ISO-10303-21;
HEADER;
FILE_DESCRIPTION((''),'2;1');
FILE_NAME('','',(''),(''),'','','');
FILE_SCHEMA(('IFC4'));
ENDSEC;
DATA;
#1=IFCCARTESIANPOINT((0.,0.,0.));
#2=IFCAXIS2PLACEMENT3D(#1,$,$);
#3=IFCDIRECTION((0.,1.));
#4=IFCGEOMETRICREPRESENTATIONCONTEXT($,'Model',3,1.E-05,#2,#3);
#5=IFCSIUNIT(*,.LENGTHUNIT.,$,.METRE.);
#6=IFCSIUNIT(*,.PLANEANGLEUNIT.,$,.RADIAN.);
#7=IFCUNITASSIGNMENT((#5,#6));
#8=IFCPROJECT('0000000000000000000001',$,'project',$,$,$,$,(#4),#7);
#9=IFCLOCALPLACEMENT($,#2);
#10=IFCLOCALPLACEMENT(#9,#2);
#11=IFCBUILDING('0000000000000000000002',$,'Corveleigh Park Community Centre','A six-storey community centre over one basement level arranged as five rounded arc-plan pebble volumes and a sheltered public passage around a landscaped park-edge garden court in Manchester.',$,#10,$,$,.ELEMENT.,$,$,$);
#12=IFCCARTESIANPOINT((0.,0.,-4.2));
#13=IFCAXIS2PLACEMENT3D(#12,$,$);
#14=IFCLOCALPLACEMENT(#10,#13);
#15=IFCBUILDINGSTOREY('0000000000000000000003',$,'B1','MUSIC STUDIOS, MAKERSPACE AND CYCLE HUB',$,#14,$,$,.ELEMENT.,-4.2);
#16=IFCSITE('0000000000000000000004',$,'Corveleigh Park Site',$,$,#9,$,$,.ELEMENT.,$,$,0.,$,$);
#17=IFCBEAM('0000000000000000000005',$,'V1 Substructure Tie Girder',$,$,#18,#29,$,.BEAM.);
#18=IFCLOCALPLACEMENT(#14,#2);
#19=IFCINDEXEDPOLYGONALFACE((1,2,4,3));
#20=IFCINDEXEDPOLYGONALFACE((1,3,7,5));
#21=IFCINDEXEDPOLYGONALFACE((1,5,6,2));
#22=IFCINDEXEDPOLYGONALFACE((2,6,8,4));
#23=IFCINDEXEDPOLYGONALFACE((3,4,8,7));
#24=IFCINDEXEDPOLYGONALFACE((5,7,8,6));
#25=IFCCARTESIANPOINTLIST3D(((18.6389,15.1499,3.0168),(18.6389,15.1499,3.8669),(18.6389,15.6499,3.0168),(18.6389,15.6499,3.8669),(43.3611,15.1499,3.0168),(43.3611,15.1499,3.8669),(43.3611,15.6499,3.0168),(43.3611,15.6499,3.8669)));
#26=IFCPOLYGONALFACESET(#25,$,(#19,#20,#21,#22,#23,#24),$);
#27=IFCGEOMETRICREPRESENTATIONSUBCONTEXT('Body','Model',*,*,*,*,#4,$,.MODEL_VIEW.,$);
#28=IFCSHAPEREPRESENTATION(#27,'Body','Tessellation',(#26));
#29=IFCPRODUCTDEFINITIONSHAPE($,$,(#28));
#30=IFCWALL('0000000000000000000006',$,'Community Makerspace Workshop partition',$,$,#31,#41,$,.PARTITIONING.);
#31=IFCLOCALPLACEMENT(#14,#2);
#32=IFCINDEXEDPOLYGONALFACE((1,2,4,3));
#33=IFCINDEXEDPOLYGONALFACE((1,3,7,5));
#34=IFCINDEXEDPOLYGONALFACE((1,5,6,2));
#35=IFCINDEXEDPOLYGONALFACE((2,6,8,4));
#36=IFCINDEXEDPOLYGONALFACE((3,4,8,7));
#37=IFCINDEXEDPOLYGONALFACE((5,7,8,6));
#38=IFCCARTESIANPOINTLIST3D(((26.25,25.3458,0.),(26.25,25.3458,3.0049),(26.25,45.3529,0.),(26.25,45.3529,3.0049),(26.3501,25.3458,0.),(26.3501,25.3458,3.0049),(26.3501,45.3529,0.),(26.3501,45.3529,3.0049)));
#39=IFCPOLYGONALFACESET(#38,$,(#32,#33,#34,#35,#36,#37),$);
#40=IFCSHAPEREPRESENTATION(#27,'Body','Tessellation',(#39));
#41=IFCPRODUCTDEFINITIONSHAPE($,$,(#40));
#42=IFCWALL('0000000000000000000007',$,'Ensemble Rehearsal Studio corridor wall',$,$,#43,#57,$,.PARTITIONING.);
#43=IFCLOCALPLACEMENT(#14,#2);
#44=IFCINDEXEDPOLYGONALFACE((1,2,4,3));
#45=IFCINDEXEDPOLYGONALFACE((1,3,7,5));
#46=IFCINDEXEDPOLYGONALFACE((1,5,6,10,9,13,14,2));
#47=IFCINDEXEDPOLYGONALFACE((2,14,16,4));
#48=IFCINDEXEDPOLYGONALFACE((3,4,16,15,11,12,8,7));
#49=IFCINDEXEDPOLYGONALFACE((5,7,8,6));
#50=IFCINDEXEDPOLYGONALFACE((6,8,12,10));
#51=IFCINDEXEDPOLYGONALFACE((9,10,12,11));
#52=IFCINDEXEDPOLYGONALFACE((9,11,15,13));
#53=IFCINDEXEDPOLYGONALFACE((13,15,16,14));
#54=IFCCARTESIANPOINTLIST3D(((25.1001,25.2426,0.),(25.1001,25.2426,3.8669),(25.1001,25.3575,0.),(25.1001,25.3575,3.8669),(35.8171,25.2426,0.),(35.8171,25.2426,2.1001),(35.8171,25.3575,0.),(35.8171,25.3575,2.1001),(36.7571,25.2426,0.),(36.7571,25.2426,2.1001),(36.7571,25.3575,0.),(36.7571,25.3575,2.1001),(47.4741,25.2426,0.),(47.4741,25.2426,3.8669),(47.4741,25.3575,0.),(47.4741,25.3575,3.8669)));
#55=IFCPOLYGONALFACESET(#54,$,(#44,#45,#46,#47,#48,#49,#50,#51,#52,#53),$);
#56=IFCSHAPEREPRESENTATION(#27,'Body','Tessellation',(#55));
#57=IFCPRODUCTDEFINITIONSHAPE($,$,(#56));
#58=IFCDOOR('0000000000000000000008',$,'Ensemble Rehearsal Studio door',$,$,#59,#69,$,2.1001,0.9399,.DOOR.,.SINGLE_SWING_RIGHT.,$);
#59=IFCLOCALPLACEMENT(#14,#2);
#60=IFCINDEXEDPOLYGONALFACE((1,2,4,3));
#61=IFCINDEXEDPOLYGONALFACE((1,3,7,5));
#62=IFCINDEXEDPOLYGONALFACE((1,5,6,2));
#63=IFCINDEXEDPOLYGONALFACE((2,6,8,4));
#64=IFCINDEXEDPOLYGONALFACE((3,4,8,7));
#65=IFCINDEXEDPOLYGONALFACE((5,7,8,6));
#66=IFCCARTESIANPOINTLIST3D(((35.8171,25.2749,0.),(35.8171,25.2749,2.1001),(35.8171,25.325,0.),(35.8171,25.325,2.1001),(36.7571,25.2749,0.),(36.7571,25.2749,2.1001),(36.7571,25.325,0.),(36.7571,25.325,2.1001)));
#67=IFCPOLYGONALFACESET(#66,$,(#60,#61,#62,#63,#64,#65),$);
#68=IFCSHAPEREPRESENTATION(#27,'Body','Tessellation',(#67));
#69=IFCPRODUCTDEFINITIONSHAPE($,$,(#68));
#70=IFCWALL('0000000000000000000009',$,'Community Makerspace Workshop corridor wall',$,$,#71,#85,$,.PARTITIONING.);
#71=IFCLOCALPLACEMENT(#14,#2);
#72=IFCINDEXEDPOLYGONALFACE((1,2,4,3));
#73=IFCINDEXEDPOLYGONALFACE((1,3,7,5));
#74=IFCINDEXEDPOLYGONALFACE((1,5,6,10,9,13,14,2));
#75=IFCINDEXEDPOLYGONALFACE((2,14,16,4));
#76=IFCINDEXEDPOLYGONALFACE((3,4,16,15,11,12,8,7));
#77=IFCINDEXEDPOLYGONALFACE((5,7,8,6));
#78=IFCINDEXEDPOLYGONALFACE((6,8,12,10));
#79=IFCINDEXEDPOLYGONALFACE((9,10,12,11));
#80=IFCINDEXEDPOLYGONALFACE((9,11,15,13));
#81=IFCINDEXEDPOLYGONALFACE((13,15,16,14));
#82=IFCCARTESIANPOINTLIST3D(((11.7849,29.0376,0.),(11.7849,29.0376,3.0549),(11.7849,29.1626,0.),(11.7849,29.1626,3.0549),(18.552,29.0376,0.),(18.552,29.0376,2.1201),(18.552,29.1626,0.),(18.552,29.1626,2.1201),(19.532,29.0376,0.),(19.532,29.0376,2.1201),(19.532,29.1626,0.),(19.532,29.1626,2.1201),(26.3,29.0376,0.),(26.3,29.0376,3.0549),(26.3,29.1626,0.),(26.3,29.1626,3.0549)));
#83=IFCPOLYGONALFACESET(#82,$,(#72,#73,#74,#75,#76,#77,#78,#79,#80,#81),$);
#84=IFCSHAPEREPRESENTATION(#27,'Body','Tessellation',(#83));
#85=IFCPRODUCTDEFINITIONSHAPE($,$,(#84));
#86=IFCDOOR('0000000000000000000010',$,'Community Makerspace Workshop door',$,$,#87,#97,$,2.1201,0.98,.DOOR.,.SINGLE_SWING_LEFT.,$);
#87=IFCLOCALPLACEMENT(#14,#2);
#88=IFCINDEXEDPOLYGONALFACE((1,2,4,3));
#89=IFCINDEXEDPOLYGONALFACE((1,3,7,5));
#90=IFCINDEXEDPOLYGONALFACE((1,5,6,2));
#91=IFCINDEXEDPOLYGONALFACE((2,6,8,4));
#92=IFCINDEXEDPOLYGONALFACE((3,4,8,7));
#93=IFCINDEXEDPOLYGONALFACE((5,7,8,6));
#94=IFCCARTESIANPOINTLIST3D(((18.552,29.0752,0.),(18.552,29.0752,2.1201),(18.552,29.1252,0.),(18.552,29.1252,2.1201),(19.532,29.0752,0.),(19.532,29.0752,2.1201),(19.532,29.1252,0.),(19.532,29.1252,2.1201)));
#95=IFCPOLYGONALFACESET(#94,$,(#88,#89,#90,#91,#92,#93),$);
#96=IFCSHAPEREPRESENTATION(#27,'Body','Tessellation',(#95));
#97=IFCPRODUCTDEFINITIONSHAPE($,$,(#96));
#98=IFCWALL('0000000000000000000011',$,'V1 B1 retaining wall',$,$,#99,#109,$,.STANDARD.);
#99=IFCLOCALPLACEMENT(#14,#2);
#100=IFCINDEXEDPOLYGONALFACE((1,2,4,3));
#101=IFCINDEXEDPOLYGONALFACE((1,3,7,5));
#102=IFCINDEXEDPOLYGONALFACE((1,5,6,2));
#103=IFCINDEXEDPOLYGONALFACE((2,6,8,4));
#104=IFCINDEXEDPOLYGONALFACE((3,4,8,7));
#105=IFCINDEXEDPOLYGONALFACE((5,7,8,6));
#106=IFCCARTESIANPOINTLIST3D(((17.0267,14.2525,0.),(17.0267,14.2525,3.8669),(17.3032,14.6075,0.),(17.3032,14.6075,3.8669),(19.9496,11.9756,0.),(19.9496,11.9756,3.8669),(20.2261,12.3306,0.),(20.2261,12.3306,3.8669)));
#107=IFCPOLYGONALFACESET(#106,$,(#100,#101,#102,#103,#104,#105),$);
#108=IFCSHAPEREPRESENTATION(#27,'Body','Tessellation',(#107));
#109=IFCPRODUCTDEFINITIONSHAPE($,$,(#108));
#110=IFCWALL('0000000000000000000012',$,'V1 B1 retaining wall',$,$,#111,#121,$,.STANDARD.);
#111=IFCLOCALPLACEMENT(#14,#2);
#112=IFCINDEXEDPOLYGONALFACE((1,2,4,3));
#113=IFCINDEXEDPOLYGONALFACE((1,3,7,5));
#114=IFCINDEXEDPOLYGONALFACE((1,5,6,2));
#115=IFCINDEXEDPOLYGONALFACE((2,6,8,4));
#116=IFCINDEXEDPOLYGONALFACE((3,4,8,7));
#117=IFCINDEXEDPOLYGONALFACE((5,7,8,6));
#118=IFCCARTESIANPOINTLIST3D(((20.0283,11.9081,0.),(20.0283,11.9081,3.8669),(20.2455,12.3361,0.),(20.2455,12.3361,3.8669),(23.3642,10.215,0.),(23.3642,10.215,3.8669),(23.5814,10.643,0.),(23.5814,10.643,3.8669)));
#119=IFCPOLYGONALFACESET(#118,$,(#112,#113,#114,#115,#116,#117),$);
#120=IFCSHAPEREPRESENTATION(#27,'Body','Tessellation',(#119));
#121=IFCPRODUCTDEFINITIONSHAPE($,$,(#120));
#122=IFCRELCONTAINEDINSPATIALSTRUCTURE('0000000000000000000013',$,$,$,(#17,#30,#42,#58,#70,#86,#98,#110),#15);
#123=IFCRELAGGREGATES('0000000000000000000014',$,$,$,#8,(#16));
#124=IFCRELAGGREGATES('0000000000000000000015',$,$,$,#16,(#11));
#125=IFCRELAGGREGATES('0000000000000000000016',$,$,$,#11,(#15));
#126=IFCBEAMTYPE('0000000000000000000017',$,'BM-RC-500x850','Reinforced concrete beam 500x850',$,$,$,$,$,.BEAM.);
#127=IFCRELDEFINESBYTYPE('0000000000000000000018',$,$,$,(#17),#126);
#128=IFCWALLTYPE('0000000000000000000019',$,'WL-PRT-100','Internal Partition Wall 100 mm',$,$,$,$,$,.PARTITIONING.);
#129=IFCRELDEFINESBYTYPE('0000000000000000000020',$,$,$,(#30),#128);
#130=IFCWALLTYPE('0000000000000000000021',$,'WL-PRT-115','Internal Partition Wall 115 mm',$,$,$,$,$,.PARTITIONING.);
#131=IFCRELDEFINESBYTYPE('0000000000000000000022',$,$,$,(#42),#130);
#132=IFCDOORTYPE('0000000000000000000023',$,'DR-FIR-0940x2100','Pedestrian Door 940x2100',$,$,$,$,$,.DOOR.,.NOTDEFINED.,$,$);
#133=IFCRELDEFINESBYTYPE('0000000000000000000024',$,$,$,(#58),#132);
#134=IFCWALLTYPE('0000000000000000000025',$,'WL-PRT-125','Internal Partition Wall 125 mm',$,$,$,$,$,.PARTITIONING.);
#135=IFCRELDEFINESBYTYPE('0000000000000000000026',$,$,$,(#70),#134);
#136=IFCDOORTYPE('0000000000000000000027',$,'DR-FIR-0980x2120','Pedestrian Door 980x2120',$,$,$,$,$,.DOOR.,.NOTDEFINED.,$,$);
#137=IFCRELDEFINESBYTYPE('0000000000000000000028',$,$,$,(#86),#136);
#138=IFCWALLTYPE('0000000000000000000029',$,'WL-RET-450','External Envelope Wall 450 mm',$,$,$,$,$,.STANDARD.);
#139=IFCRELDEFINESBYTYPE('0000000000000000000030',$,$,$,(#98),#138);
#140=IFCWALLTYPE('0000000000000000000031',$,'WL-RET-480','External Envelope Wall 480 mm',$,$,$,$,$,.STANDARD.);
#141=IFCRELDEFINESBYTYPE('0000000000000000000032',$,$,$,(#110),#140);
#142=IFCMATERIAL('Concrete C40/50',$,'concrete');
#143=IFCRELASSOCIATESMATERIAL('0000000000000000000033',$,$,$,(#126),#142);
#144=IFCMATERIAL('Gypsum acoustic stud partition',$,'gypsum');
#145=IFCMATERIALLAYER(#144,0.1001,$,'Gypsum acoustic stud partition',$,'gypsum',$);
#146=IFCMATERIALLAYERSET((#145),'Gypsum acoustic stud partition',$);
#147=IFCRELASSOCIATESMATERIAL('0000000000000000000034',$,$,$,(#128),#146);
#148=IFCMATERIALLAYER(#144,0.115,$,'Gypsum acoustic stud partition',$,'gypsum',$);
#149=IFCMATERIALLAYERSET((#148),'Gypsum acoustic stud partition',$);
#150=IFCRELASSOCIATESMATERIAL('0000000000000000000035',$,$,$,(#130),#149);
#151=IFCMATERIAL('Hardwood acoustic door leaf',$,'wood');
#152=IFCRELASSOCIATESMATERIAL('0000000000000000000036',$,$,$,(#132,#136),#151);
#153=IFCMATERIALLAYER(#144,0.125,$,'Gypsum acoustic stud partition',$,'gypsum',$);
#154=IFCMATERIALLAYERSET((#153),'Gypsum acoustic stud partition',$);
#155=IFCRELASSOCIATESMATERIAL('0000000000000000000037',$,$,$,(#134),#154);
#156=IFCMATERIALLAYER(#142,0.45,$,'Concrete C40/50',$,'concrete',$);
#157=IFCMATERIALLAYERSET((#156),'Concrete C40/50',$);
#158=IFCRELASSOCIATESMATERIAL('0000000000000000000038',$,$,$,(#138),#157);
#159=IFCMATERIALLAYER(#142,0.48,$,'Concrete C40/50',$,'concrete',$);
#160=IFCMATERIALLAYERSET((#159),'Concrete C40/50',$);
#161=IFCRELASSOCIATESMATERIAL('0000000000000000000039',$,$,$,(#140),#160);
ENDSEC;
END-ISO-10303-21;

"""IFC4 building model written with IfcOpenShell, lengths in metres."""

from ifc_helpers import new_model, si_unit, direction, frame, frame_2d, origin, origin_2d, place, context, subcontext, project, spatial, rectangle, extrude, material, layer, layer_set, material_profile, profile_set, type_object, element, fill, save


model = new_model("IFC4")

# Units and contexts
model_context = context("Model", 3, precision=1e-05, world=origin(), true_north=direction((0.0, 1.0)))
body_context = subcontext(model_context, "Body", "Model", "MODEL_VIEW")
ifc_project = project(units=[si_unit("LENGTHUNIT", "METRE"), si_unit("PLANEANGLEUNIT", "RADIAN")], contexts=[model_context])

# Site, building, storey
site_placement = place(None, origin())
site = spatial("IfcSite", under=ifc_project, at=site_placement, Name="Corveleigh Park Site", CompositionType="ELEMENT", RefElevation=0.0)
building_placement = place(site_placement, origin())
building = spatial("IfcBuilding", under=site, at=building_placement, Name="Corveleigh Park Community Centre", Description="A six-storey community centre over one basement level arranged as five rounded arc-plan pebble volumes and a sheltered public passage around a landscaped park-edge garden court in Manchester.", CompositionType="ELEMENT")
storey_placement = place(building_placement, frame((0.0, 0.0, -4.2)))
storey = spatial("IfcBuildingStorey", under=building, at=storey_placement, Name="B1", Description="MUSIC STUDIOS, MAKERSPACE AND CYCLE HUB", CompositionType="ELEMENT", Elevation=-4.2)

# Shared definitions
ifc_material_1 = material(Name="Concrete C40/50", Category="concrete")

# Beam
ifc_material_profile_1 = material_profile(ifc_material_1, rectangle(XDim=0.5, YDim=0.8501, at=origin_2d()), Name="RC-500x850", Category="concrete")
ifc_profile_set_1 = profile_set([ifc_material_profile_1], Name="Concrete C40/50")
beam_type_1 = type_object("IfcBeamType", Name="BM-RC-500x850", Description="Reinforced concrete beam 500x850", PredefinedType="BEAM", material=ifc_profile_set_1)
beam_1_placement = place(storey_placement, frame((18.6389, 15.3999, 3.4419), z_axis=(1.0, 0.0, 0.0), x_axis=(0.0, 1.0, 0.0)))
element("IfcBeam", 1, at=beam_1_placement, inside=storey, type_object=beam_type_1, Name="V1 Substructure Tie Girder", PredefinedType="BEAM", context=body_context, shape_type="SweptSolid", body=[
    extrude(rectangle(XDim=0.5, YDim=0.8501, at=origin_2d()), origin(), (0.0, 0.0, 1.0), 24.7222),
])

# Wall
ifc_material_2 = material(Name="Gypsum acoustic stud partition", Category="gypsum")
ifc_layer_1 = layer(ifc_material_2, 0.1001, Name="Gypsum acoustic stud partition", Category="gypsum")
ifc_layer_set_1 = layer_set([ifc_layer_1], Name="Gypsum acoustic stud partition")
wall_type_1 = type_object("IfcWallType", Name="WL-PRT-100", Description="Internal Partition Wall 100 mm", PredefinedType="PARTITIONING", material=ifc_layer_set_1)
wall_1_placement = place(storey_placement, frame((26.3, 25.3459, 0.0), z_axis=(0.0, 0.0, 1.0), x_axis=(0.0, 1.0, 0.0)))
element("IfcWall", 2, at=wall_1_placement, inside=storey, type_object=wall_type_1, Name="Community Makerspace Workshop partition", PredefinedType="PARTITIONING", context=body_context, shape_type="SweptSolid", body=[
    extrude(rectangle(XDim=20.0071, YDim=0.1001, at=frame_2d((10.0034, 0.0))), origin(), (0.0, 0.0, 1.0), 3.0049),
])

# Walls, openings, doors
ifc_layer_2 = layer(ifc_material_2, 0.115, Name="Gypsum acoustic stud partition", Category="gypsum")
ifc_layer_set_2 = layer_set([ifc_layer_2], Name="Gypsum acoustic stud partition")
wall_type_2 = type_object("IfcWallType", Name="WL-PRT-115", Description="Internal Partition Wall 115 mm", PredefinedType="PARTITIONING", material=ifc_layer_set_2)
wall_2_placement = place(storey_placement, frame((25.1001, 25.3, 0.0), z_axis=(0.0, 0.0, 1.0), x_axis=(1.0, 0.0, 0.0)))
wall_2 = element("IfcWall", 3, at=wall_2_placement, inside=storey, type_object=wall_type_2, Name="Ensemble Rehearsal Studio corridor wall", PredefinedType="PARTITIONING", context=body_context, shape_type="SweptSolid", body=[
    extrude(rectangle(XDim=22.374, YDim=0.115, at=frame_2d((11.187, 0.0))), origin(), (0.0, 0.0, 1.0), 3.8669),
])
opening_1_placement = place(wall_2_placement, frame((10.717, 0.0, 0.0)))
opening_1 = element("IfcOpeningElement", 4, at=opening_1_placement, cuts=wall_2, PredefinedType="OPENING", context=body_context, shape_type="SweptSolid", body=[
    extrude(rectangle(XDim=0.9399, YDim=2.1001, at=frame_2d((0.47, 1.05))), frame((0.0, 0.0674, 0.0), z_axis=(0.0, -1.0, 0.0), x_axis=(1.0, 0.0, 0.0)), (0.0, 0.0, 1.0), 0.135),
])
ifc_material_3 = material(Name="Hardwood acoustic door leaf", Category="wood")
door_type_1 = type_object("IfcDoorType", Name="DR-FIR-0940x2100", Description="Pedestrian Door 940x2100", OperationType="NOTDEFINED", PredefinedType="DOOR", material=ifc_material_3)
door_1_placement = place(opening_1_placement, origin())
door_1 = element("IfcDoor", 5, at=door_1_placement, inside=storey, type_object=door_type_1, Name="Ensemble Rehearsal Studio door", OperationType="SINGLE_SWING_RIGHT", OverallHeight=2.1001, OverallWidth=0.9399, PredefinedType="DOOR", context=body_context, shape_type="SweptSolid", body=[
    extrude(rectangle(XDim=0.9399, YDim=2.1001, at=frame_2d((0.47, 1.05))), frame((0.0, 0.0249, 0.0), z_axis=(0.0, -1.0, 0.0), x_axis=(1.0, 0.0, 0.0)), (0.0, 0.0, 1.0), 0.05),
])
fill(opening_1, door_1)
ifc_layer_3 = layer(ifc_material_2, 0.125, Name="Gypsum acoustic stud partition", Category="gypsum")
ifc_layer_set_3 = layer_set([ifc_layer_3], Name="Gypsum acoustic stud partition")
wall_type_3 = type_object("IfcWallType", Name="WL-PRT-125", Description="Internal Partition Wall 125 mm", PredefinedType="PARTITIONING", material=ifc_layer_set_3)
wall_3_placement = place(storey_placement, frame((26.3, 29.1001, 0.0), z_axis=(0.0, 0.0, 1.0), x_axis=(-1.0, 0.0, 0.0)))
wall_3 = element("IfcWall", 6, at=wall_3_placement, inside=storey, type_object=wall_type_3, Name="Community Makerspace Workshop corridor wall", PredefinedType="PARTITIONING", context=body_context, shape_type="SweptSolid", body=[
    extrude(rectangle(XDim=14.5151, YDim=0.125, at=frame_2d((7.2576, 0.0))), origin(), (0.0, 0.0, 1.0), 3.0549),
])
opening_2_placement = place(wall_3_placement, frame((6.7681, 0.0, 0.0)))
opening_2 = element("IfcOpeningElement", 7, at=opening_2_placement, cuts=wall_3, PredefinedType="OPENING", context=body_context, shape_type="SweptSolid", body=[
    extrude(rectangle(XDim=0.98, YDim=2.1201, at=frame_2d((0.49, 1.0601))), frame((0.0, 0.0725, 0.0), z_axis=(0.0, -1.0, 0.0), x_axis=(1.0, 0.0, 0.0)), (0.0, 0.0, 1.0), 0.145),
])
door_type_2 = type_object("IfcDoorType", Name="DR-FIR-0980x2120", Description="Pedestrian Door 980x2120", OperationType="NOTDEFINED", PredefinedType="DOOR", material=ifc_material_3)
door_2_placement = place(opening_2_placement, origin())
door_2 = element("IfcDoor", 8, at=door_2_placement, inside=storey, type_object=door_type_2, Name="Community Makerspace Workshop door", OperationType="SINGLE_SWING_LEFT", OverallHeight=2.1201, OverallWidth=0.98, PredefinedType="DOOR", context=body_context, shape_type="SweptSolid", body=[
    extrude(rectangle(XDim=0.98, YDim=2.1201, at=frame_2d((0.49, 1.0601))), frame((0.0, 0.0249, 0.0), z_axis=(0.0, -1.0, 0.0), x_axis=(1.0, 0.0, 0.0)), (0.0, 0.0, 1.0), 0.05),
])
fill(opening_2, door_2)

# Walls
ifc_layer_4 = layer(ifc_material_1, 0.45, Name="Concrete C40/50", Category="concrete")
ifc_layer_set_4 = layer_set([ifc_layer_4], Name="Concrete C40/50")
wall_type_4 = type_object("IfcWallType", Name="WL-RET-450", Description="External Envelope Wall 450 mm", PredefinedType="STANDARD", material=ifc_layer_set_4)
wall_4_placement = place(storey_placement, frame((20.0879, 12.1531, 0.0), z_axis=(0.0, 0.0, 1.0), x_axis=(-0.788891, 0.614533, 0.0)))
element("IfcWall", 9, at=wall_4_placement, inside=storey, type_object=wall_type_4, Name="V1 B1 retaining wall", PredefinedType="STANDARD", context=body_context, shape_type="SweptSolid", body=[
    extrude(rectangle(XDim=3.7051, YDim=0.45, at=frame_2d((1.8525, 0.0))), origin(), (0.0, 0.0, 1.0), 3.8669),
])
ifc_layer_5 = layer(ifc_material_1, 0.48, Name="Concrete C40/50", Category="concrete")
ifc_layer_set_5 = layer_set([ifc_layer_5], Name="Concrete C40/50")
wall_type_5 = type_object("IfcWallType", Name="WL-RET-480", Description="External Envelope Wall 480 mm", PredefinedType="STANDARD", material=ifc_layer_set_5)
wall_5_placement = place(storey_placement, frame((23.4729, 10.429, 0.0), z_axis=(0.0, 0.0, 1.0), x_axis=(-0.891722, 0.452583, 0.0)))
element("IfcWall", 10, at=wall_5_placement, inside=storey, type_object=wall_type_5, Name="V1 B1 retaining wall", PredefinedType="STANDARD", context=body_context, shape_type="SweptSolid", body=[
    extrude(rectangle(XDim=3.741, YDim=0.48, at=frame_2d((1.8706, 0.0))), origin(), (0.0, 0.0, 1.0), 3.8669),
])

save(model, "model.ifc")
